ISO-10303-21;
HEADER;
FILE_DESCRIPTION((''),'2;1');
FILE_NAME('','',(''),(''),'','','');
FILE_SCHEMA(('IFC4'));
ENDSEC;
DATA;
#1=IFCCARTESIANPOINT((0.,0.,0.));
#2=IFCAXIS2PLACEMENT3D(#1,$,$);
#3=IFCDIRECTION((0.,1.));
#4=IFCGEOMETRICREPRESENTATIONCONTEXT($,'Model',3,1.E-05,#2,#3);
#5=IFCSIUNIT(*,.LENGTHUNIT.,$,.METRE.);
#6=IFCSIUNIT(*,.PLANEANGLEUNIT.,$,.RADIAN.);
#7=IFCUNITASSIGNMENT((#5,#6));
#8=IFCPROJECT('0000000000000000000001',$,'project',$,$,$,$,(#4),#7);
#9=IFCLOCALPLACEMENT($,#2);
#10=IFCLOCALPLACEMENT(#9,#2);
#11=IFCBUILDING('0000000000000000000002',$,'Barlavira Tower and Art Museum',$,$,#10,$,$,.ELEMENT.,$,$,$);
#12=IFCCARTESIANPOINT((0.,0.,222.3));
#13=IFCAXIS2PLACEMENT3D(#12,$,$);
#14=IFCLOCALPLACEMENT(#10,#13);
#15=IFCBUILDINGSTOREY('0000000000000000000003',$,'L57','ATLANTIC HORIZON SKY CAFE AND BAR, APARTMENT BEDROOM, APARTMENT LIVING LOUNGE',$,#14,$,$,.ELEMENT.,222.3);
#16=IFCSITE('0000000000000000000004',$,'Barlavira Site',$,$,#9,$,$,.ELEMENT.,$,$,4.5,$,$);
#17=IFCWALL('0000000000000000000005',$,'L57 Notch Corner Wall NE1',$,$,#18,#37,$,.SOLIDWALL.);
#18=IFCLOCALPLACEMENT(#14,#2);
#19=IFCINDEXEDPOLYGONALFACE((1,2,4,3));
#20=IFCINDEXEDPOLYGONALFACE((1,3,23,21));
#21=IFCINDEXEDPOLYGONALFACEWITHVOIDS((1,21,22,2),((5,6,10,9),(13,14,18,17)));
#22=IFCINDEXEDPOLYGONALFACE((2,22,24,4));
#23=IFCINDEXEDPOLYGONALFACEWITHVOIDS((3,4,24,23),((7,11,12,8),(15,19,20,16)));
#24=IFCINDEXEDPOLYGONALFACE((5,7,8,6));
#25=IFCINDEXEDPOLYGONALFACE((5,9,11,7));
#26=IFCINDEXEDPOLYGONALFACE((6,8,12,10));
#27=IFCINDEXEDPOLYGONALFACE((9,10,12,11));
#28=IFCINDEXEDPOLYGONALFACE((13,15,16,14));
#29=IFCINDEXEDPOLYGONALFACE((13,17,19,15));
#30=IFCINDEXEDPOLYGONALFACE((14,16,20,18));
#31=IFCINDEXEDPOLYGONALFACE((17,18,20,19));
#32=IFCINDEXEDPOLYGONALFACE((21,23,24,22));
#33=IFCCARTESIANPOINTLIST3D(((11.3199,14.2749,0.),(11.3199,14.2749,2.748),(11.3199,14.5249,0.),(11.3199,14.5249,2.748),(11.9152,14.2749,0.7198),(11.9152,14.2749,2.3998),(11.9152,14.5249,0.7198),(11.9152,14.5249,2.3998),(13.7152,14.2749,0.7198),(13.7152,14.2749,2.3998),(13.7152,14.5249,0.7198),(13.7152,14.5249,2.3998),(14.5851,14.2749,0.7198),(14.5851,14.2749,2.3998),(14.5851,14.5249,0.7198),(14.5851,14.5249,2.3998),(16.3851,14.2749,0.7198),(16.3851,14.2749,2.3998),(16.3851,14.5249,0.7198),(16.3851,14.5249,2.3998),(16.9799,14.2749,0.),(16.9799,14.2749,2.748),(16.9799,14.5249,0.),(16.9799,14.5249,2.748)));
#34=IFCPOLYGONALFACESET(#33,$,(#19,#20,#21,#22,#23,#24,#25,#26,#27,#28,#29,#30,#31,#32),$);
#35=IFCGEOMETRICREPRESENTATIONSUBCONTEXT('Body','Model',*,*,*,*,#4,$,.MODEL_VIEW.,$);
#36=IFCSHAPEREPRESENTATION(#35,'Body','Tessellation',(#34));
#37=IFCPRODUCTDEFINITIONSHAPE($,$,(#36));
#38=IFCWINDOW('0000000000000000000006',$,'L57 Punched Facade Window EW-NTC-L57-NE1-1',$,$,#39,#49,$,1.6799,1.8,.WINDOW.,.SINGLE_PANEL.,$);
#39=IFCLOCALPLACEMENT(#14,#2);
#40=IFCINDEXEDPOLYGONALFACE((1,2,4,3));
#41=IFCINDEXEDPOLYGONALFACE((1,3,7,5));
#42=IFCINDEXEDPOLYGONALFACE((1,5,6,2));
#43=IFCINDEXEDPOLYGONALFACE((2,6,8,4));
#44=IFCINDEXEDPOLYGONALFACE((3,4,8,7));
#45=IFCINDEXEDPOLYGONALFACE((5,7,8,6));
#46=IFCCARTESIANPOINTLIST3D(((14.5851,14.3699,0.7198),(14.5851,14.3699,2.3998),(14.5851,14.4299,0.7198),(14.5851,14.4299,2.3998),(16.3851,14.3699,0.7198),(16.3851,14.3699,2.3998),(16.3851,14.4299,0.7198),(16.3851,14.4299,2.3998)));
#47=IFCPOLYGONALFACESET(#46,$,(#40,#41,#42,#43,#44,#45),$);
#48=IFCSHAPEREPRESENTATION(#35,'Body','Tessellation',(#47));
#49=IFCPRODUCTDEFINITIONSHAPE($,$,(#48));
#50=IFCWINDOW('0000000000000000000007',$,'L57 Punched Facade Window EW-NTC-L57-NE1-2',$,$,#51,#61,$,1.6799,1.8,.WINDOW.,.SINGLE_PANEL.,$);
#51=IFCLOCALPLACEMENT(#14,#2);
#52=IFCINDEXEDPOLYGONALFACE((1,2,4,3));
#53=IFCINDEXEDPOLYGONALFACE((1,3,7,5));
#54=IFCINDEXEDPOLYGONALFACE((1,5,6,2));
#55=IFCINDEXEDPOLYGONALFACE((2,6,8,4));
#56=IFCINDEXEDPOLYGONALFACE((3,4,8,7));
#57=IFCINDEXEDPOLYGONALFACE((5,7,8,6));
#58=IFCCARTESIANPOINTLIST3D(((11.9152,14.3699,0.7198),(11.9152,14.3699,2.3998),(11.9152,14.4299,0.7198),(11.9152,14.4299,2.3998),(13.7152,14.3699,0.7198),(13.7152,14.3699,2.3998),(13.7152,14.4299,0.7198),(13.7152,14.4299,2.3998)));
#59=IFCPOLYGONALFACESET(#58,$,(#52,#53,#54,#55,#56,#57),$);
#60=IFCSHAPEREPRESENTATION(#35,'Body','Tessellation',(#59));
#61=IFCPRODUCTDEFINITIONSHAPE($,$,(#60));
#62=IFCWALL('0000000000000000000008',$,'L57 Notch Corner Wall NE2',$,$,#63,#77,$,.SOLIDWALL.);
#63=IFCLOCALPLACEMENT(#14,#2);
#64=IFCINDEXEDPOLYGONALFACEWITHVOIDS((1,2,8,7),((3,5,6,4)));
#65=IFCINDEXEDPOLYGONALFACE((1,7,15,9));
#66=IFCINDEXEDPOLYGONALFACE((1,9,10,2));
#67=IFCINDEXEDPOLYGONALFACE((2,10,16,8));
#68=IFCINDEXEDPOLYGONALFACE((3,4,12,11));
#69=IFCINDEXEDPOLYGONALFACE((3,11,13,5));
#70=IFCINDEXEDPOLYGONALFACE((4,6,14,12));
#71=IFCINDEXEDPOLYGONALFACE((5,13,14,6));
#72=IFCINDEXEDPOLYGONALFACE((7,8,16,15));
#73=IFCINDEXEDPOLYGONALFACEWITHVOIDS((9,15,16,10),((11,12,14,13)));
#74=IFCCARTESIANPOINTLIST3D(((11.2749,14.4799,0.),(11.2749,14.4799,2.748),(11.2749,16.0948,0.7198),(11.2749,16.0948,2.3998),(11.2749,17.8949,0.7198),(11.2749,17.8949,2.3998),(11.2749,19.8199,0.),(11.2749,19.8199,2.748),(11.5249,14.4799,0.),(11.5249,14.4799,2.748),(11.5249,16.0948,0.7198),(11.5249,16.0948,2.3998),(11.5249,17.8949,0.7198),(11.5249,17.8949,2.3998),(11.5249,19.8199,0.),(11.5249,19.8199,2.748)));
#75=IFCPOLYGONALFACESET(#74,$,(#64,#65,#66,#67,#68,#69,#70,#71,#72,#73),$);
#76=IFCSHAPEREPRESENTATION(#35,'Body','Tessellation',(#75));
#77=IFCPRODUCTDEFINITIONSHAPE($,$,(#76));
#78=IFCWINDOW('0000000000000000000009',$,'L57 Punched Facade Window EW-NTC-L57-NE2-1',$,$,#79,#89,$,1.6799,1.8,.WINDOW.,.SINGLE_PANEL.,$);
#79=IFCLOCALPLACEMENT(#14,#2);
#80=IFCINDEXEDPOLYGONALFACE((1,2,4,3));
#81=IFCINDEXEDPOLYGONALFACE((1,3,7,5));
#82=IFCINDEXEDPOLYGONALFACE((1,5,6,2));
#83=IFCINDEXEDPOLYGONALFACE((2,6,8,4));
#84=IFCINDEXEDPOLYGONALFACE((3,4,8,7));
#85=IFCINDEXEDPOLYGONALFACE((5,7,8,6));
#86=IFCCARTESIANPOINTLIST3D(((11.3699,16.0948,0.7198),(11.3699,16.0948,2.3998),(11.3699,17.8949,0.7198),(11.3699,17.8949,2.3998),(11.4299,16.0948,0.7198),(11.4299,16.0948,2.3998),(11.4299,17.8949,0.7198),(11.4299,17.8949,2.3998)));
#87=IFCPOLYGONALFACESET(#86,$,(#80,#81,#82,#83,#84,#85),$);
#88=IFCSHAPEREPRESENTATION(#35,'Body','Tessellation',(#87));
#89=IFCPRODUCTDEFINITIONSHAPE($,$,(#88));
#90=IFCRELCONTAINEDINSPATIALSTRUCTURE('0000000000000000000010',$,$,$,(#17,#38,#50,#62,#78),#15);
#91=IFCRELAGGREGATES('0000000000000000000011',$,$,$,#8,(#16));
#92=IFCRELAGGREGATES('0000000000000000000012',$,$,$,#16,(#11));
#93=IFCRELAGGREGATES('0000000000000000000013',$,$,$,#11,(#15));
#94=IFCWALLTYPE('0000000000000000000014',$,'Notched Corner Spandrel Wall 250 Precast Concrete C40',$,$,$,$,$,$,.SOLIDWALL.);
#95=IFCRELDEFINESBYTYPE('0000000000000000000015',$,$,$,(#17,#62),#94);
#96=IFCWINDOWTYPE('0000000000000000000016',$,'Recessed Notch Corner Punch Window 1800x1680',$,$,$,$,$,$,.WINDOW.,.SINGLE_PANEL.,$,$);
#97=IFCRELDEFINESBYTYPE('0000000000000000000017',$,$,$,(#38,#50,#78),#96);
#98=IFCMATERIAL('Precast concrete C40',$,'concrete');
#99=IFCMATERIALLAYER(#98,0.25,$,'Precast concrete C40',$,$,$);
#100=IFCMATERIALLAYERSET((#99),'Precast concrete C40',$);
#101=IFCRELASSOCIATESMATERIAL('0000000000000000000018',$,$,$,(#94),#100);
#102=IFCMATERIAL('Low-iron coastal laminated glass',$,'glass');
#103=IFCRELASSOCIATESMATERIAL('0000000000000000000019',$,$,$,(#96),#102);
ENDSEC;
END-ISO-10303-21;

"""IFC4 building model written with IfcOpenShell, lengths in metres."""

from ifc_helpers import new_model, si_unit, direction, frame, frame_2d, origin, place, context, subcontext, project, spatial, rectangle, extrude, material, layer, layer_set, type_object, element, fill, save


model = new_model("IFC4")

# Units and contexts
model_context = context("Model", 3, precision=1e-05, world=origin(), true_north=direction((0.0, 1.0)))
body_context = subcontext(model_context, "Body", "Model", "MODEL_VIEW")
ifc_project = project(units=[si_unit("LENGTHUNIT", "METRE"), si_unit("PLANEANGLEUNIT", "RADIAN")], contexts=[model_context])

# Site, building, storey
site_placement = place(None, origin())
site = spatial("IfcSite", under=ifc_project, at=site_placement, Name="Barlavira Site", CompositionType="ELEMENT", RefElevation=4.5)
building_placement = place(site_placement, origin())
building = spatial("IfcBuilding", under=site, at=building_placement, Name="Barlavira Tower and Art Museum", CompositionType="ELEMENT")
storey_placement = place(building_placement, frame((0.0, 0.0, 222.3)))
storey = spatial("IfcBuildingStorey", under=building, at=storey_placement, Name="L57", Description="ATLANTIC HORIZON SKY CAFE AND BAR, APARTMENT BEDROOM, APARTMENT LIVING LOUNGE", CompositionType="ELEMENT", Elevation=222.3)

# Shared definitions
ifc_material_1 = material(Name="Low-iron coastal laminated glass", Category="glass")

# Shared definitions
ifc_material_2 = material(Name="Precast concrete C40", Category="concrete")
ifc_layer_1 = layer(ifc_material_2, 0.25, Name="Precast concrete C40")
ifc_layer_set_1 = layer_set([ifc_layer_1], Name="Precast concrete C40")
wall_type_1 = type_object("IfcWallType", Name="Notched Corner Spandrel Wall 250 Precast Concrete C40", PredefinedType="SOLIDWALL", material=ifc_layer_set_1)
window_type = type_object("IfcWindowType", Name="Recessed Notch Corner Punch Window 1800x1680", PartitioningType="SINGLE_PANEL", PredefinedType="WINDOW", material=ifc_material_1)

# Wall, openings, windows
wall_1_placement = place(storey_placement, frame((16.98, 14.3999, 0.0), z_axis=(0.0, 0.0, 1.0), x_axis=(-1.0, 0.0, 0.0)))
wall_1 = element("IfcWall", 1, at=wall_1_placement, inside=storey, type_object=wall_type_1, Name="L57 Notch Corner Wall NE1", PredefinedType="SOLIDWALL", context=body_context, shape_type="SweptSolid", body=[
    extrude(rectangle(XDim=5.6599, YDim=0.25, at=frame_2d((2.8301, 0.0))), origin(), (0.0, 0.0, 1.0), 2.748),
])
opening_1_placement = place(wall_1_placement, frame((0.595, 0.0, 0.72)))
opening_1 = element("IfcOpeningElement", 2, at=opening_1_placement, cuts=wall_1, PredefinedType="OPENING", context=body_context, shape_type="SweptSolid", body=[
    extrude(rectangle(XDim=1.8, YDim=1.6799, at=frame_2d((0.8999, 0.8398))), frame((0.0, 0.135, 0.0), z_axis=(0.0, -1.0, 0.0), x_axis=(1.0, 0.0, 0.0)), (0.0, 0.0, 1.0), 0.27),
])
opening_2_placement = place(wall_1_placement, frame((3.2649, 0.0, 0.72)))
opening_2 = element("IfcOpeningElement", 3, at=opening_2_placement, cuts=wall_1, PredefinedType="OPENING", context=body_context, shape_type="SweptSolid", body=[
    extrude(rectangle(XDim=1.8, YDim=1.6799, at=frame_2d((0.8999, 0.8398))), frame((0.0, 0.135, 0.0), z_axis=(0.0, -1.0, 0.0), x_axis=(1.0, 0.0, 0.0)), (0.0, 0.0, 1.0), 0.27),
])
window_1_placement = place(opening_1_placement, origin())
window_1 = element("IfcWindow", 4, at=window_1_placement, inside=storey, type_object=window_type, Name="L57 Punched Facade Window EW-NTC-L57-NE1-1", OverallHeight=1.6799, OverallWidth=1.8, PartitioningType="SINGLE_PANEL", PredefinedType="WINDOW", context=body_context, shape_type="SweptSolid", body=[
    extrude(rectangle(XDim=1.8, YDim=1.6799, at=frame_2d((0.8999, 0.8398))), frame((0.0, 0.03, 0.0), z_axis=(0.0, -1.0, 0.0), x_axis=(1.0, 0.0, 0.0)), (0.0, 0.0, 1.0), 0.0601),
])
fill(opening_1, window_1)
window_2_placement = place(opening_2_placement, origin())
window_2 = element("IfcWindow", 5, at=window_2_placement, inside=storey, type_object=window_type, Name="L57 Punched Facade Window EW-NTC-L57-NE1-2", OverallHeight=1.6799, OverallWidth=1.8, PartitioningType="SINGLE_PANEL", PredefinedType="WINDOW", context=body_context, shape_type="SweptSolid", body=[
    extrude(rectangle(XDim=1.8, YDim=1.6799, at=frame_2d((0.8999, 0.8398))), frame((0.0, 0.03, 0.0), z_axis=(0.0, -1.0, 0.0), x_axis=(1.0, 0.0, 0.0)), (0.0, 0.0, 1.0), 0.0601),
])
fill(opening_2, window_2)

# Wall, opening, window
wall_2_placement = place(storey_placement, frame((11.3999, 14.48, 0.0), z_axis=(0.0, 0.0, 1.0), x_axis=(0.0, 1.0, 0.0)))
wall_2 = element("IfcWall", 6, at=wall_2_placement, inside=storey, type_object=wall_type_1, Name="L57 Notch Corner Wall NE2", PredefinedType="SOLIDWALL", context=body_context, shape_type="SweptSolid", body=[
    extrude(rectangle(XDim=5.3401, YDim=0.25, at=frame_2d((2.6699, 0.0))), origin(), (0.0, 0.0, 1.0), 2.748),
])
opening_3_placement = place(wall_2_placement, frame((1.615, 0.0, 0.72)))
opening_3 = element("IfcOpeningElement", 7, at=opening_3_placement, cuts=wall_2, PredefinedType="OPENING", context=body_context, shape_type="SweptSolid", body=[
    extrude(rectangle(XDim=1.8, YDim=1.6799, at=frame_2d((0.8999, 0.8398))), frame((0.0, 0.135, 0.0), z_axis=(0.0, -1.0, 0.0), x_axis=(1.0, 0.0, 0.0)), (0.0, 0.0, 1.0), 0.27),
])
window_3_placement = place(opening_3_placement, origin())
window_3 = element("IfcWindow", 8, at=window_3_placement, inside=storey, type_object=window_type, Name="L57 Punched Facade Window EW-NTC-L57-NE2-1", OverallHeight=1.6799, OverallWidth=1.8, PartitioningType="SINGLE_PANEL", PredefinedType="WINDOW", context=body_context, shape_type="SweptSolid", body=[
    extrude(rectangle(XDim=1.8, YDim=1.6799, at=frame_2d((0.8999, 0.8398))), frame((0.0, 0.03, 0.0), z_axis=(0.0, -1.0, 0.0), x_axis=(1.0, 0.0, 0.0)), (0.0, 0.0, 1.0), 0.0601),
])
fill(opening_3, window_3)

save(model, "model.ifc")
